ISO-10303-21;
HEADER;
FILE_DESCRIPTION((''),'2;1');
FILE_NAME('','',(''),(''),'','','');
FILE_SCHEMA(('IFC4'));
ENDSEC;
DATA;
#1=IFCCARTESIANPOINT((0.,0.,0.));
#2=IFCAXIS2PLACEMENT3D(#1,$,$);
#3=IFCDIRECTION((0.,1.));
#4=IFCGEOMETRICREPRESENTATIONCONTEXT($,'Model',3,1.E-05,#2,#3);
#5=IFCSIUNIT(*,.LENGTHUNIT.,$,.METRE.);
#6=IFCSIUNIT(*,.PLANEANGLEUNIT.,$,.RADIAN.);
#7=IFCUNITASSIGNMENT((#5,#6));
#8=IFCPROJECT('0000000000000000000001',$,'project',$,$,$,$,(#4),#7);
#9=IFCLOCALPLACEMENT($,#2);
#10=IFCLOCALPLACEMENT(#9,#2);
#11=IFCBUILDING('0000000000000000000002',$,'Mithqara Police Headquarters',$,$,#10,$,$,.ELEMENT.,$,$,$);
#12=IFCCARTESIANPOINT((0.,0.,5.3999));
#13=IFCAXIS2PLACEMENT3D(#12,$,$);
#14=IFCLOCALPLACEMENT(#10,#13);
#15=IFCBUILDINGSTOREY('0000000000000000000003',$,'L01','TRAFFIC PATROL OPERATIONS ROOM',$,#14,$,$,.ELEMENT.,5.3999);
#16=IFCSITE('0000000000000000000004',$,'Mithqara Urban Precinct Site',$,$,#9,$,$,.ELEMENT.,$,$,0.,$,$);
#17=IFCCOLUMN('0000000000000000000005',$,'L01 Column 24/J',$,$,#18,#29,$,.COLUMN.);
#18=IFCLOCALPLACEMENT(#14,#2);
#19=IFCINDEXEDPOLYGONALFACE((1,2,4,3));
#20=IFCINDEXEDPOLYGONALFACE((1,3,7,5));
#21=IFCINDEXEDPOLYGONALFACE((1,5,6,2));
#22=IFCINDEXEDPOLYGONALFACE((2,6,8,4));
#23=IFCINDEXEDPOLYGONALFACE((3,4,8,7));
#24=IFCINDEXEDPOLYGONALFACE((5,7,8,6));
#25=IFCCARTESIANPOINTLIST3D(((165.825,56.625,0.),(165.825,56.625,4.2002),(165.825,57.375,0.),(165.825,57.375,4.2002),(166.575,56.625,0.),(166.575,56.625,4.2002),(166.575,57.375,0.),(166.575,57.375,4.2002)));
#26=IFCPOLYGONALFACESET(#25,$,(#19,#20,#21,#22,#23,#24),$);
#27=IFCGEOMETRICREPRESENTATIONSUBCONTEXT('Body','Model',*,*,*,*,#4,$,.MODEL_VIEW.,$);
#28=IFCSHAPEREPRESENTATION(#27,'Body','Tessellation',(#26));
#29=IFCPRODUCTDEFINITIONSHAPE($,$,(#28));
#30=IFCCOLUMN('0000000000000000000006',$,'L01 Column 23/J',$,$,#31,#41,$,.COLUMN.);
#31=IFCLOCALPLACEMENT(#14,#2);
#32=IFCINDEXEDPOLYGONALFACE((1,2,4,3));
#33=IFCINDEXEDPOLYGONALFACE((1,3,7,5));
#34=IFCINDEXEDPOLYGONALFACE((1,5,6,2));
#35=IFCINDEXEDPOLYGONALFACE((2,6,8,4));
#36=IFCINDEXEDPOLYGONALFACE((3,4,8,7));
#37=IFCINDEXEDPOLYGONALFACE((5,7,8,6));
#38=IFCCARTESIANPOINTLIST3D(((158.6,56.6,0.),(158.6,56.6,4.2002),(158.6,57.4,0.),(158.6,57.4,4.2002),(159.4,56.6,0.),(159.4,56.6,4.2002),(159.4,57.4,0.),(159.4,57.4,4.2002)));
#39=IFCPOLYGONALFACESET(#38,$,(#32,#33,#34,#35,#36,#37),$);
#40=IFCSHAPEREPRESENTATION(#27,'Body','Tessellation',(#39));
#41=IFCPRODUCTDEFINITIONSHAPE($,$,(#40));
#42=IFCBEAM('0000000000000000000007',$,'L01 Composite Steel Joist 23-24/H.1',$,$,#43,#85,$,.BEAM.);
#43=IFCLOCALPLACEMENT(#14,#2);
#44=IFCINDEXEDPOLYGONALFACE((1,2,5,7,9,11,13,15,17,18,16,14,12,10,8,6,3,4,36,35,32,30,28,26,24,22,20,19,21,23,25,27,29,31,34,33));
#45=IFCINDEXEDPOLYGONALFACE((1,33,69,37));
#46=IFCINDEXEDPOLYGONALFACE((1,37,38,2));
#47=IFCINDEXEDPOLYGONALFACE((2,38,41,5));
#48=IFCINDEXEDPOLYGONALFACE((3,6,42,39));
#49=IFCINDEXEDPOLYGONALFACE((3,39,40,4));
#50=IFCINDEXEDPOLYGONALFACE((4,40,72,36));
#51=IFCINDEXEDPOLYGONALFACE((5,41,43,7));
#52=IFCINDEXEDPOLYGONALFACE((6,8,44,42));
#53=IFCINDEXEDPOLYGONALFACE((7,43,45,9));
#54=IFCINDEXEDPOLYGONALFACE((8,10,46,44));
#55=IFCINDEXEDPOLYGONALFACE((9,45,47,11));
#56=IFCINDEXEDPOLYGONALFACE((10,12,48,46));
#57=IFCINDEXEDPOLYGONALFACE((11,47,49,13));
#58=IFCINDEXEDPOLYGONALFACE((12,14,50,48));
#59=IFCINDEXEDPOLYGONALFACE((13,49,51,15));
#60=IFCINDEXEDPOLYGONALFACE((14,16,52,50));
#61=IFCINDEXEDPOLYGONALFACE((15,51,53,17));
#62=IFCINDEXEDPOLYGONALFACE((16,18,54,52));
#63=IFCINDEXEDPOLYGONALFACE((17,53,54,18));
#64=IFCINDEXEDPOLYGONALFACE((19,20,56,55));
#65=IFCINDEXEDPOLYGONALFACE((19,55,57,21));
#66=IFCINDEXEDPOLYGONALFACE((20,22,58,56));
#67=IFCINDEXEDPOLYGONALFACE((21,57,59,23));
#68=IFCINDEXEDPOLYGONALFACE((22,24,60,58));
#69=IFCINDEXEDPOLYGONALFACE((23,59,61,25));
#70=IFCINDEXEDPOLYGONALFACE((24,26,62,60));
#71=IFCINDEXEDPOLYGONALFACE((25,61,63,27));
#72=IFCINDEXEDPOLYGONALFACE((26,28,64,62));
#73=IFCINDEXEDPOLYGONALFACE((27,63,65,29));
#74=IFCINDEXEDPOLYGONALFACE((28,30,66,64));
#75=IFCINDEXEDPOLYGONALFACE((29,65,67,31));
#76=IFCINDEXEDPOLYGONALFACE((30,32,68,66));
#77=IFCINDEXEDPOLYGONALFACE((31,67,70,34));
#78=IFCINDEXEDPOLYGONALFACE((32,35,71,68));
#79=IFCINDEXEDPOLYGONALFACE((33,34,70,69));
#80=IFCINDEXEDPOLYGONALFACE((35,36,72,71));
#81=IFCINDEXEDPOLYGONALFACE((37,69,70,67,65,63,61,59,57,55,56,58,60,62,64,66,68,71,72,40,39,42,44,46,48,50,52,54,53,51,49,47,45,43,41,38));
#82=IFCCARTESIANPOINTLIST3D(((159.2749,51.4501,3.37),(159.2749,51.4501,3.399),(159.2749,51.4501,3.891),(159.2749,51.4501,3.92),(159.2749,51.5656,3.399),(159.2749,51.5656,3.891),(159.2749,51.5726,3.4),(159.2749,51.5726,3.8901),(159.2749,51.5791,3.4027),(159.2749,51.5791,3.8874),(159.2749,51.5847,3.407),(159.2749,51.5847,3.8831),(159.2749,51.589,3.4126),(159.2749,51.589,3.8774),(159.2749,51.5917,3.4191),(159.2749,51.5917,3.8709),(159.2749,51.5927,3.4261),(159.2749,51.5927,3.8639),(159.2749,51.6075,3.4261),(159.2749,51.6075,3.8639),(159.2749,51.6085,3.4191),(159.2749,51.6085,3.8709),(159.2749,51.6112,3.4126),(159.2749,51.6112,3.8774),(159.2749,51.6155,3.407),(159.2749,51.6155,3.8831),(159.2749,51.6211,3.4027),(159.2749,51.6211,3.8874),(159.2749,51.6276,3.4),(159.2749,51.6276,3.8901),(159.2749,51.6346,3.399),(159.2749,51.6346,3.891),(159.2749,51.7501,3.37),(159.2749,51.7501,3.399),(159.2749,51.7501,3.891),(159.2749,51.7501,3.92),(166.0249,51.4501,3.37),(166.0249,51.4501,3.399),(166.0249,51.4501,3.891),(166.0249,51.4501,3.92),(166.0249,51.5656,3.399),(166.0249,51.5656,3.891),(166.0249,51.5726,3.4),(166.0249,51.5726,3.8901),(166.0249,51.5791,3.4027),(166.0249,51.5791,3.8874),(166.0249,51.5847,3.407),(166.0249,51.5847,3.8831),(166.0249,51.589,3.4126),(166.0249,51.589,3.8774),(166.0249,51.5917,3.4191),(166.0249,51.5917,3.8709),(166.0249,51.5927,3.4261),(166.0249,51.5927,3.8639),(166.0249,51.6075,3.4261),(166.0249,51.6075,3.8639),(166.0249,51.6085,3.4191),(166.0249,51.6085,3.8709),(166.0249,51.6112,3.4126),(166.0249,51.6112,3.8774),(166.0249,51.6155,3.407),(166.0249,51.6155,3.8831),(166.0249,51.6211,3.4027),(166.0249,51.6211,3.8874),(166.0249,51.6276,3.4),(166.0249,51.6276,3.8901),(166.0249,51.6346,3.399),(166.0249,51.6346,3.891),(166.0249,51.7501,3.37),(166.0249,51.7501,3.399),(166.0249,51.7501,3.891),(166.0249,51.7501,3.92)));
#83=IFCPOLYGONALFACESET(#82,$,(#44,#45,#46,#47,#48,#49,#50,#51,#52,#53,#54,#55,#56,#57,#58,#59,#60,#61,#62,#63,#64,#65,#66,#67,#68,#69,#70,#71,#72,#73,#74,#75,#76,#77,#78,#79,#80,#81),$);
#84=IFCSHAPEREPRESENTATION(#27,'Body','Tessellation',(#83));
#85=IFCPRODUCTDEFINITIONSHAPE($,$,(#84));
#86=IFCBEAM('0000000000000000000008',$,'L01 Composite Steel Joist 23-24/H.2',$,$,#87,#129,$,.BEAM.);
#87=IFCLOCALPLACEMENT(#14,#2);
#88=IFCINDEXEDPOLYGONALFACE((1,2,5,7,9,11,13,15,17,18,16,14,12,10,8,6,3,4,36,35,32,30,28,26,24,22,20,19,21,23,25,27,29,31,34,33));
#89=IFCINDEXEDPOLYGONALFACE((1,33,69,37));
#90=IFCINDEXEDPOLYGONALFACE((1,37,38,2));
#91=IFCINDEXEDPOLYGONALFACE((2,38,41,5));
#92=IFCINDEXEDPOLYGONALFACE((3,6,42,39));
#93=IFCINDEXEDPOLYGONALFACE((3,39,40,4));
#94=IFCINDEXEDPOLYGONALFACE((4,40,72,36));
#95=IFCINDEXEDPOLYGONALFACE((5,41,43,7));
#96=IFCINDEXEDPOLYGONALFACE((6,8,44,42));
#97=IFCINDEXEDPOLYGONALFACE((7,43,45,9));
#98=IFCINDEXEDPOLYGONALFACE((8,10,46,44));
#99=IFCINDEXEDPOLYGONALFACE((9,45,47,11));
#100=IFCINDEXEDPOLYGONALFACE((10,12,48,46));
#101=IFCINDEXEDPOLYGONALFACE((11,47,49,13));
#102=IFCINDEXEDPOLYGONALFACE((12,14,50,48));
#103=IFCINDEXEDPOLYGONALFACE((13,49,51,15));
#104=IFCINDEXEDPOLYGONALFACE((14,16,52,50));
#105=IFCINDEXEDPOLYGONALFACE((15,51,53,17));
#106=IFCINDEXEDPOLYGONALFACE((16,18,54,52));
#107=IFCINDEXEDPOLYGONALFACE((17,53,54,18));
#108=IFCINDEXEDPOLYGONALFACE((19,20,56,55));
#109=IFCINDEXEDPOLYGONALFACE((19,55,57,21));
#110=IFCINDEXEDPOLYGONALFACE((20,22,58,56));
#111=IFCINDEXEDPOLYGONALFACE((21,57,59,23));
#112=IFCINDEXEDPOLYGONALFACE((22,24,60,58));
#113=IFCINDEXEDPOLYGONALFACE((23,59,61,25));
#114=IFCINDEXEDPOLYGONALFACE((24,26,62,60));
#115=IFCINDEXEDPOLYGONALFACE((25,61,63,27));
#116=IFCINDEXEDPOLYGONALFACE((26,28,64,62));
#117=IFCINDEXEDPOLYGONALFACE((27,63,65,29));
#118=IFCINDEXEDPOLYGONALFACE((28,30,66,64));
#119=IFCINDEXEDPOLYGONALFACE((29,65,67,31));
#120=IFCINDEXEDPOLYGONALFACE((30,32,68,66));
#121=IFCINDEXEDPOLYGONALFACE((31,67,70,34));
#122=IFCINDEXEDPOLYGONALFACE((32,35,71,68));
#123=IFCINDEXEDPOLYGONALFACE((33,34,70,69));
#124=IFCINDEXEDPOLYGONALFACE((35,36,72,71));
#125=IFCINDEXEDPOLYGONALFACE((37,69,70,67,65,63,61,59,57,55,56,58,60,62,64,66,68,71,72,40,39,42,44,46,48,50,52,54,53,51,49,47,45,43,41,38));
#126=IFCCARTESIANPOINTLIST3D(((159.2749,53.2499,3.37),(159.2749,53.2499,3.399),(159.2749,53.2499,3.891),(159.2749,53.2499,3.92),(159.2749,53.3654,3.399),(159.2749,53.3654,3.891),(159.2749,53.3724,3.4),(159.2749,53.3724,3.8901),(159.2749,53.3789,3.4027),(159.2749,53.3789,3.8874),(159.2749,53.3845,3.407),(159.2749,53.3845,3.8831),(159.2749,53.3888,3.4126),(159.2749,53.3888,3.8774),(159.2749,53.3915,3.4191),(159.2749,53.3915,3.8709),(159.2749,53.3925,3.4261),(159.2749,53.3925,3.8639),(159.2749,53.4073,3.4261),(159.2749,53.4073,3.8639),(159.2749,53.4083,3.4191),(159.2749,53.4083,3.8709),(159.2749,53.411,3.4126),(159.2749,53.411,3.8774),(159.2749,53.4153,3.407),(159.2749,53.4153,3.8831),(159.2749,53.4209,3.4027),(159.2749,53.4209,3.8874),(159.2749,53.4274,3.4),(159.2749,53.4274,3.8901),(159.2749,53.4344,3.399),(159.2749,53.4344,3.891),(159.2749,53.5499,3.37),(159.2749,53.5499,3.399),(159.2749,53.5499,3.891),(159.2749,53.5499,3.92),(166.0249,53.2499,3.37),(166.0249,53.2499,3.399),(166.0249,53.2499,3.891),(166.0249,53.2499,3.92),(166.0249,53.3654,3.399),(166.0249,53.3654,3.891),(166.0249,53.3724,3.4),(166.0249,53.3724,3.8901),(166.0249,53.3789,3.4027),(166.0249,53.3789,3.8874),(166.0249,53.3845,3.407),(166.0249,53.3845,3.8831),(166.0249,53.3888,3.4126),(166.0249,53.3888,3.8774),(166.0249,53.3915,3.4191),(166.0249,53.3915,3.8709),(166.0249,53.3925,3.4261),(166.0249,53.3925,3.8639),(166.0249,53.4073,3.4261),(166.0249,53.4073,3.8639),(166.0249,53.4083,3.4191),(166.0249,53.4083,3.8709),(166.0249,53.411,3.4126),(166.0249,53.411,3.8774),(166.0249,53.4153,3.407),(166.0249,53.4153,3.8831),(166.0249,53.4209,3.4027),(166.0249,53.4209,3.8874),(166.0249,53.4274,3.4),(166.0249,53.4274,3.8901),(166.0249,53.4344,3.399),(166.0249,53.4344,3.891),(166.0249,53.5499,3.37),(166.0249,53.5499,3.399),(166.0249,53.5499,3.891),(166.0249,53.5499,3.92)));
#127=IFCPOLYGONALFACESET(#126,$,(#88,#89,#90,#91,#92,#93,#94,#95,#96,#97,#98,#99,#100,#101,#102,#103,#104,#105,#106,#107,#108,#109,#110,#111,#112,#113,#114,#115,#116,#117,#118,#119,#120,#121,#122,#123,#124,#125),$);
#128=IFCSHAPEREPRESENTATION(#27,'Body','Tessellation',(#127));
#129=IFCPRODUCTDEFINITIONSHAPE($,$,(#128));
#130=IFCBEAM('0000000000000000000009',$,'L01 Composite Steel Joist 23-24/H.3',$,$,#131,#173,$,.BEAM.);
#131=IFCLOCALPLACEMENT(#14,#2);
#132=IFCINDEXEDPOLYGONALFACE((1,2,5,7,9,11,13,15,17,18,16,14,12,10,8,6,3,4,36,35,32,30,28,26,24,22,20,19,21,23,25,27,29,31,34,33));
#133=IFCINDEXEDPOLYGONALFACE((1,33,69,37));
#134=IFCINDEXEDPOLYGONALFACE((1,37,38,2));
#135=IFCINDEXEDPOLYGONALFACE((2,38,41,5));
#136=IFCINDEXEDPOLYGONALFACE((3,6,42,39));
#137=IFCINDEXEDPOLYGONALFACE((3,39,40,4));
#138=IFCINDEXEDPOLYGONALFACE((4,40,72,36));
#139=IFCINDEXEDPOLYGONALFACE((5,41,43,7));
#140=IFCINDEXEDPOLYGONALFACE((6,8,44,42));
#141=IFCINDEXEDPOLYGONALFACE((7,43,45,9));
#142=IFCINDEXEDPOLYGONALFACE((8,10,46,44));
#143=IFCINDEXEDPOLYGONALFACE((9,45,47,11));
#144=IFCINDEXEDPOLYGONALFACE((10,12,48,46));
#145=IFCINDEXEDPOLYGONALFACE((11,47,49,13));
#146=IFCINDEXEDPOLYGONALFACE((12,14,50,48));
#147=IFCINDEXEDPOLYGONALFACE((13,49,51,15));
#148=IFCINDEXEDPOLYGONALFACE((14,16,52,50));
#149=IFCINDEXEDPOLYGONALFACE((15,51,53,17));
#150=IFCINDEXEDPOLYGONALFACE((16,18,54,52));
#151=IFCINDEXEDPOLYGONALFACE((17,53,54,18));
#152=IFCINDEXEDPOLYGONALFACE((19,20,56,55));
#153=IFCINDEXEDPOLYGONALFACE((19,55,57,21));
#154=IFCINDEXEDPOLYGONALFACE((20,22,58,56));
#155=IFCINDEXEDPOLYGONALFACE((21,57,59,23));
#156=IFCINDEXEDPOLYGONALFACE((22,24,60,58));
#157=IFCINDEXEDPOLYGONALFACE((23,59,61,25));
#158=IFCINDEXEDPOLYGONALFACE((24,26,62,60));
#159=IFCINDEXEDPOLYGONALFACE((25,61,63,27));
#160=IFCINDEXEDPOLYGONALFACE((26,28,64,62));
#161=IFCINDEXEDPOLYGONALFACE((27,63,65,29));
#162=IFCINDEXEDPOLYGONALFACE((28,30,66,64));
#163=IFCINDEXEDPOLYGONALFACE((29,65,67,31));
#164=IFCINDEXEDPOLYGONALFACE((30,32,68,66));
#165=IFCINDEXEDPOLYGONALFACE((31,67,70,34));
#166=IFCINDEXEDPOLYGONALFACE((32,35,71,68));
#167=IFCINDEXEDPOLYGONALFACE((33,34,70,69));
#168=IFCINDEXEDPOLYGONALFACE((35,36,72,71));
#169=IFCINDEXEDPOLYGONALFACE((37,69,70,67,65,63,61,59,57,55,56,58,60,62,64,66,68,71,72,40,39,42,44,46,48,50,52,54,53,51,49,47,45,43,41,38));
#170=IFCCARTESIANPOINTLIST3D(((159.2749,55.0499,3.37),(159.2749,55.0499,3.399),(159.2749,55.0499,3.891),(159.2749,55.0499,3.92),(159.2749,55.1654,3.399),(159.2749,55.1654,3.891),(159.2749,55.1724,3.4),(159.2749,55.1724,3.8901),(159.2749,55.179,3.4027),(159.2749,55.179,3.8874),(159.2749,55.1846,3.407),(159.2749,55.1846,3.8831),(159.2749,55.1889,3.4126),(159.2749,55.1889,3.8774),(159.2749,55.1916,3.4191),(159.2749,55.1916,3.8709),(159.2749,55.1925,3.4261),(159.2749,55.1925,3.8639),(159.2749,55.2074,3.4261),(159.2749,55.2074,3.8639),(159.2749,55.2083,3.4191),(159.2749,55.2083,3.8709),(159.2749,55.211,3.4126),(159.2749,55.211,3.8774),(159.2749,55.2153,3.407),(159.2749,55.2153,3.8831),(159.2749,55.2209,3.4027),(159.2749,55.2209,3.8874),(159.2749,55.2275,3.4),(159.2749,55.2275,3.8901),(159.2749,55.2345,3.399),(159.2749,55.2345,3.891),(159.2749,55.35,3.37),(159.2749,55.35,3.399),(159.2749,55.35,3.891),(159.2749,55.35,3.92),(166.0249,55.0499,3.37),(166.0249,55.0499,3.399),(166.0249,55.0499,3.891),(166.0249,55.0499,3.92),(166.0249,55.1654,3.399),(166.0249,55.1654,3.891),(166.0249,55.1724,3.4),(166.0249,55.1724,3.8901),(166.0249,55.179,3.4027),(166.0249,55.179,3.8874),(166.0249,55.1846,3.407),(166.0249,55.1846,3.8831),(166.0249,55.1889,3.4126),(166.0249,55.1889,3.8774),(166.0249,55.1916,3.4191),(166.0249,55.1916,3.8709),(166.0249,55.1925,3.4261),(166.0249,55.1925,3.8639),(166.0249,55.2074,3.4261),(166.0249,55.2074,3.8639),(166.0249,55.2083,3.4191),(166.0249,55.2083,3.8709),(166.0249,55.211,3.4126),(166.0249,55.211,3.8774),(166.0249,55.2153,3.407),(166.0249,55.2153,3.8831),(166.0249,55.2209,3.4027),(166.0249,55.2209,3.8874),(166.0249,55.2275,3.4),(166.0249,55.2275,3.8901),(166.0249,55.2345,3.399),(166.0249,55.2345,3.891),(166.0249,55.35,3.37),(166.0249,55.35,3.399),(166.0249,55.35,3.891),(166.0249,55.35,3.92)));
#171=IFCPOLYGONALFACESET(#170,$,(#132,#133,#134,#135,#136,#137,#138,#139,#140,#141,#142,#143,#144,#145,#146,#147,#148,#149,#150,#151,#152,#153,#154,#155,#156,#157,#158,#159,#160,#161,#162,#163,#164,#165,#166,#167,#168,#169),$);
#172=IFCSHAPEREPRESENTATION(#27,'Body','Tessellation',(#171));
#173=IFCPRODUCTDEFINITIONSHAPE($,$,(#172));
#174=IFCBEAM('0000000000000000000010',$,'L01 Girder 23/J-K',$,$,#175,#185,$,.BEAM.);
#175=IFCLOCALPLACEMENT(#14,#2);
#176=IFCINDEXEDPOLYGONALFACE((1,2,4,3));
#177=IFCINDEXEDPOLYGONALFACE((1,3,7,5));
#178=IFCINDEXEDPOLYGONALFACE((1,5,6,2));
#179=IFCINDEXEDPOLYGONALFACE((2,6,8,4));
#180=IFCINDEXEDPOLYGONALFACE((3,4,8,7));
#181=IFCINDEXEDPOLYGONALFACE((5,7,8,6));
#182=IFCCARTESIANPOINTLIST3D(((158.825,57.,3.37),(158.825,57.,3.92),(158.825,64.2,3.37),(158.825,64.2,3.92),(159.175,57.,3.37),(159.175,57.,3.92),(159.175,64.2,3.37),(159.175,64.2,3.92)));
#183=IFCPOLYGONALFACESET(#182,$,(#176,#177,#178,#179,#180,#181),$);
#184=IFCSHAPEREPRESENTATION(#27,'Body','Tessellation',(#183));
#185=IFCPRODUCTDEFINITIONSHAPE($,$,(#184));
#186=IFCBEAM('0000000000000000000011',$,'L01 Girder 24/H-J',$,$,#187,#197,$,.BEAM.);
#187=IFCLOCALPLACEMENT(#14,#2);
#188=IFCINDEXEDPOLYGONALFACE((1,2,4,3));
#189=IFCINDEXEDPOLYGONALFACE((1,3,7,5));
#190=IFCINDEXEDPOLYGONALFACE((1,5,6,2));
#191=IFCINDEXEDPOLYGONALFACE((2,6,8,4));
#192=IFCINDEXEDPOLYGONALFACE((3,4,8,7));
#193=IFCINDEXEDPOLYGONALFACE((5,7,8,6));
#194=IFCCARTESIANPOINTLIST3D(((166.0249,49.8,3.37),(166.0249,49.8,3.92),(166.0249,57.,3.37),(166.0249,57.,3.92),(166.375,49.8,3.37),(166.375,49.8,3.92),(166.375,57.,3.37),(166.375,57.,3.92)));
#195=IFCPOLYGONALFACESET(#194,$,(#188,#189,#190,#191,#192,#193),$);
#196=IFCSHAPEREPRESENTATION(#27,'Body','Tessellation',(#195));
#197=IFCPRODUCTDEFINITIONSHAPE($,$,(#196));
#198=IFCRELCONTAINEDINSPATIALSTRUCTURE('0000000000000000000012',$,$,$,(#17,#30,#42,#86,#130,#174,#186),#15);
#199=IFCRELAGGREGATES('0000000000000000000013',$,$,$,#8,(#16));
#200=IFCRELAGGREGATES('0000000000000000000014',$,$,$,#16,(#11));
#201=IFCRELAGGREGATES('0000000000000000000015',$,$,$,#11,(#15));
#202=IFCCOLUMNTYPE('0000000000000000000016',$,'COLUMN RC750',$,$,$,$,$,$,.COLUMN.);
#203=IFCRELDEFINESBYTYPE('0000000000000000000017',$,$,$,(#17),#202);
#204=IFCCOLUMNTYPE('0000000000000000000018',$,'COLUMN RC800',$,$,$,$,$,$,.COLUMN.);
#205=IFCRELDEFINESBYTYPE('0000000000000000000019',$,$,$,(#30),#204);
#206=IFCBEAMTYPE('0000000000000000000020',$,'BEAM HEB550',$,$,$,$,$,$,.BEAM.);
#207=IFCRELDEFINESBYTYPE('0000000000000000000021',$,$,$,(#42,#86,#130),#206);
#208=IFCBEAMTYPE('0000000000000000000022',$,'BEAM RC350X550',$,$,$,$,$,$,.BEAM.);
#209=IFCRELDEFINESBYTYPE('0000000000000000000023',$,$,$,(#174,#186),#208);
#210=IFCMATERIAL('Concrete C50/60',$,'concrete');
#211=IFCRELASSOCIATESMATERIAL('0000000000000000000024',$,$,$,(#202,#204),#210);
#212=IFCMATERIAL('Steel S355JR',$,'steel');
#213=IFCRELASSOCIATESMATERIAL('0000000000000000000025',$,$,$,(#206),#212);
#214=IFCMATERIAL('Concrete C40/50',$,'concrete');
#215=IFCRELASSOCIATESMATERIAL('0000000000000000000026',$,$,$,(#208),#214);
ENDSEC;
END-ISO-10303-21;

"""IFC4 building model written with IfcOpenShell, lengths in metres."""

from ifc_helpers import new_model, si_unit, direction, frame, origin, origin_2d, place, context, subcontext, project, spatial, rectangle, i_section, extrude, material, material_profile, profile_set, type_object, element, save


model = new_model("IFC4")

# Units and contexts
model_context = context("Model", 3, precision=1e-05, world=origin(), true_north=direction((0.0, 1.0)))
body_context = subcontext(model_context, "Body", "Model", "MODEL_VIEW")
ifc_project = project(units=[si_unit("LENGTHUNIT", "METRE"), si_unit("PLANEANGLEUNIT", "RADIAN")], contexts=[model_context])

# Site, building, storey
site_placement = place(None, origin())
site = spatial("IfcSite", under=ifc_project, at=site_placement, Name="Mithqara Urban Precinct Site", CompositionType="ELEMENT", RefElevation=0.0)
building_placement = place(site_placement, origin())
building = spatial("IfcBuilding", under=site, at=building_placement, Name="Mithqara Police Headquarters", CompositionType="ELEMENT")
storey_placement = place(building_placement, frame((0.0, 0.0, 5.3999)))
storey = spatial("IfcBuildingStorey", under=building, at=storey_placement, Name="L01", Description="TRAFFIC PATROL OPERATIONS ROOM", CompositionType="ELEMENT", Elevation=5.3999)

# Columns
ifc_material_1 = material(Name="Concrete C50/60", Category="concrete")
ifc_material_profile_1 = material_profile(ifc_material_1, rectangle(XDim=0.75, YDim=0.75, at=origin_2d()), Name="RC 750x750")
ifc_profile_set_1 = profile_set([ifc_material_profile_1], Name="Concrete C50/60")
column_type_1 = type_object("IfcColumnType", Name="COLUMN RC750", PredefinedType="COLUMN", material=ifc_profile_set_1)
column_1_placement = place(storey_placement, frame((166.2, 57.0, 0.0), z_axis=(0.0, 0.0, 1.0), x_axis=(1.0, 0.0, 0.0)))
element("IfcColumn", 1, at=column_1_placement, inside=storey, type_object=column_type_1, Name="L01 Column 24/J", PredefinedType="COLUMN", context=body_context, shape_type="SweptSolid", body=[
    extrude(rectangle(XDim=0.75, YDim=0.75, at=origin_2d()), origin(), (0.0, 0.0, 1.0), 4.2002),
])
ifc_material_profile_2 = material_profile(ifc_material_1, rectangle(XDim=0.8, YDim=0.8, at=origin_2d()), Name="RC 800x800")
ifc_profile_set_2 = profile_set([ifc_material_profile_2], Name="Concrete C50/60")
column_type_2 = type_object("IfcColumnType", Name="COLUMN RC800", PredefinedType="COLUMN", material=ifc_profile_set_2)
column_2_placement = place(storey_placement, frame((159.0, 57.0, 0.0), z_axis=(0.0, 0.0, 1.0), x_axis=(1.0, 0.0, 0.0)))
element("IfcColumn", 2, at=column_2_placement, inside=storey, type_object=column_type_2, Name="L01 Column 23/J", PredefinedType="COLUMN", context=body_context, shape_type="SweptSolid", body=[
    extrude(rectangle(XDim=0.8, YDim=0.8, at=origin_2d()), origin(), (0.0, 0.0, 1.0), 4.2002),
])

# Beams
ifc_material_2 = material(Name="Steel S355JR", Category="steel")
ifc_material_profile_3 = material_profile(ifc_material_2, i_section(OverallWidth=0.3, OverallDepth=0.55, WebThickness=0.0149, FlangeThickness=0.0291, FilletRadius=0.0271, at=origin_2d()), Name="HEB 550")
ifc_profile_set_3 = profile_set([ifc_material_profile_3], Name="Steel S355JR")
beam_type_1 = type_object("IfcBeamType", Name="BEAM HEB550", PredefinedType="BEAM", material=ifc_profile_set_3)
for number, where, z_axis, x_axis, name in (
    (3, (159.2749, 51.6001, 3.645), (1.0, 0.0, 0.0), (0.0, 1.0, 0.0), "L01 Composite Steel Joist 23-24/H.1"),
    (4, (159.2749, 53.3999, 3.645), (1.0, 0.0, 0.0), (0.0, 1.0, 0.0), "L01 Composite Steel Joist 23-24/H.2"),
    (5, (159.2749, 55.2, 3.645), (1.0, 0.0, 0.0), (0.0, 1.0, 0.0), "L01 Composite Steel Joist 23-24/H.3"),
):
    element("IfcBeam", number, at=place(storey_placement, frame(where, z_axis=z_axis, x_axis=x_axis)), inside=storey, type_object=beam_type_1, Name=name, PredefinedType="BEAM", context=body_context, shape_type="SweptSolid", body=[
        extrude(i_section(OverallWidth=0.3, OverallDepth=0.55, WebThickness=0.0149, FlangeThickness=0.0291, FilletRadius=0.0271, at=origin_2d()), origin(), (0.0, 0.0, 1.0), 6.75),
    ])
ifc_material_3 = material(Name="Concrete C40/50", Category="concrete")
ifc_material_profile_4 = material_profile(ifc_material_3, rectangle(XDim=0.3501, YDim=0.55, at=origin_2d()), Name="RC 350x550")
ifc_profile_set_4 = profile_set([ifc_material_profile_4], Name="Concrete C40/50")
beam_type_2 = type_object("IfcBeamType", Name="BEAM RC350X550", PredefinedType="BEAM", material=ifc_profile_set_4)
for number, where, z_axis, x_axis, name in (
    (6, (159.0, 57.0, 3.645), (0.0, 1.0, 0.0), (-1.0, 0.0, 0.0), "L01 Girder 23/J-K"),
    (7, (166.2, 49.8, 3.645), (0.0, 1.0, 0.0), (-1.0, 0.0, 0.0), "L01 Girder 24/H-J"),
):
    element("IfcBeam", number, at=place(storey_placement, frame(where, z_axis=z_axis, x_axis=x_axis)), inside=storey, type_object=beam_type_2, Name=name, PredefinedType="BEAM", context=body_context, shape_type="SweptSolid", body=[
        extrude(rectangle(XDim=0.3501, YDim=0.55, at=origin_2d()), origin(), (0.0, 0.0, 1.0), 7.2),
    ])

save(model, "model.ifc")
